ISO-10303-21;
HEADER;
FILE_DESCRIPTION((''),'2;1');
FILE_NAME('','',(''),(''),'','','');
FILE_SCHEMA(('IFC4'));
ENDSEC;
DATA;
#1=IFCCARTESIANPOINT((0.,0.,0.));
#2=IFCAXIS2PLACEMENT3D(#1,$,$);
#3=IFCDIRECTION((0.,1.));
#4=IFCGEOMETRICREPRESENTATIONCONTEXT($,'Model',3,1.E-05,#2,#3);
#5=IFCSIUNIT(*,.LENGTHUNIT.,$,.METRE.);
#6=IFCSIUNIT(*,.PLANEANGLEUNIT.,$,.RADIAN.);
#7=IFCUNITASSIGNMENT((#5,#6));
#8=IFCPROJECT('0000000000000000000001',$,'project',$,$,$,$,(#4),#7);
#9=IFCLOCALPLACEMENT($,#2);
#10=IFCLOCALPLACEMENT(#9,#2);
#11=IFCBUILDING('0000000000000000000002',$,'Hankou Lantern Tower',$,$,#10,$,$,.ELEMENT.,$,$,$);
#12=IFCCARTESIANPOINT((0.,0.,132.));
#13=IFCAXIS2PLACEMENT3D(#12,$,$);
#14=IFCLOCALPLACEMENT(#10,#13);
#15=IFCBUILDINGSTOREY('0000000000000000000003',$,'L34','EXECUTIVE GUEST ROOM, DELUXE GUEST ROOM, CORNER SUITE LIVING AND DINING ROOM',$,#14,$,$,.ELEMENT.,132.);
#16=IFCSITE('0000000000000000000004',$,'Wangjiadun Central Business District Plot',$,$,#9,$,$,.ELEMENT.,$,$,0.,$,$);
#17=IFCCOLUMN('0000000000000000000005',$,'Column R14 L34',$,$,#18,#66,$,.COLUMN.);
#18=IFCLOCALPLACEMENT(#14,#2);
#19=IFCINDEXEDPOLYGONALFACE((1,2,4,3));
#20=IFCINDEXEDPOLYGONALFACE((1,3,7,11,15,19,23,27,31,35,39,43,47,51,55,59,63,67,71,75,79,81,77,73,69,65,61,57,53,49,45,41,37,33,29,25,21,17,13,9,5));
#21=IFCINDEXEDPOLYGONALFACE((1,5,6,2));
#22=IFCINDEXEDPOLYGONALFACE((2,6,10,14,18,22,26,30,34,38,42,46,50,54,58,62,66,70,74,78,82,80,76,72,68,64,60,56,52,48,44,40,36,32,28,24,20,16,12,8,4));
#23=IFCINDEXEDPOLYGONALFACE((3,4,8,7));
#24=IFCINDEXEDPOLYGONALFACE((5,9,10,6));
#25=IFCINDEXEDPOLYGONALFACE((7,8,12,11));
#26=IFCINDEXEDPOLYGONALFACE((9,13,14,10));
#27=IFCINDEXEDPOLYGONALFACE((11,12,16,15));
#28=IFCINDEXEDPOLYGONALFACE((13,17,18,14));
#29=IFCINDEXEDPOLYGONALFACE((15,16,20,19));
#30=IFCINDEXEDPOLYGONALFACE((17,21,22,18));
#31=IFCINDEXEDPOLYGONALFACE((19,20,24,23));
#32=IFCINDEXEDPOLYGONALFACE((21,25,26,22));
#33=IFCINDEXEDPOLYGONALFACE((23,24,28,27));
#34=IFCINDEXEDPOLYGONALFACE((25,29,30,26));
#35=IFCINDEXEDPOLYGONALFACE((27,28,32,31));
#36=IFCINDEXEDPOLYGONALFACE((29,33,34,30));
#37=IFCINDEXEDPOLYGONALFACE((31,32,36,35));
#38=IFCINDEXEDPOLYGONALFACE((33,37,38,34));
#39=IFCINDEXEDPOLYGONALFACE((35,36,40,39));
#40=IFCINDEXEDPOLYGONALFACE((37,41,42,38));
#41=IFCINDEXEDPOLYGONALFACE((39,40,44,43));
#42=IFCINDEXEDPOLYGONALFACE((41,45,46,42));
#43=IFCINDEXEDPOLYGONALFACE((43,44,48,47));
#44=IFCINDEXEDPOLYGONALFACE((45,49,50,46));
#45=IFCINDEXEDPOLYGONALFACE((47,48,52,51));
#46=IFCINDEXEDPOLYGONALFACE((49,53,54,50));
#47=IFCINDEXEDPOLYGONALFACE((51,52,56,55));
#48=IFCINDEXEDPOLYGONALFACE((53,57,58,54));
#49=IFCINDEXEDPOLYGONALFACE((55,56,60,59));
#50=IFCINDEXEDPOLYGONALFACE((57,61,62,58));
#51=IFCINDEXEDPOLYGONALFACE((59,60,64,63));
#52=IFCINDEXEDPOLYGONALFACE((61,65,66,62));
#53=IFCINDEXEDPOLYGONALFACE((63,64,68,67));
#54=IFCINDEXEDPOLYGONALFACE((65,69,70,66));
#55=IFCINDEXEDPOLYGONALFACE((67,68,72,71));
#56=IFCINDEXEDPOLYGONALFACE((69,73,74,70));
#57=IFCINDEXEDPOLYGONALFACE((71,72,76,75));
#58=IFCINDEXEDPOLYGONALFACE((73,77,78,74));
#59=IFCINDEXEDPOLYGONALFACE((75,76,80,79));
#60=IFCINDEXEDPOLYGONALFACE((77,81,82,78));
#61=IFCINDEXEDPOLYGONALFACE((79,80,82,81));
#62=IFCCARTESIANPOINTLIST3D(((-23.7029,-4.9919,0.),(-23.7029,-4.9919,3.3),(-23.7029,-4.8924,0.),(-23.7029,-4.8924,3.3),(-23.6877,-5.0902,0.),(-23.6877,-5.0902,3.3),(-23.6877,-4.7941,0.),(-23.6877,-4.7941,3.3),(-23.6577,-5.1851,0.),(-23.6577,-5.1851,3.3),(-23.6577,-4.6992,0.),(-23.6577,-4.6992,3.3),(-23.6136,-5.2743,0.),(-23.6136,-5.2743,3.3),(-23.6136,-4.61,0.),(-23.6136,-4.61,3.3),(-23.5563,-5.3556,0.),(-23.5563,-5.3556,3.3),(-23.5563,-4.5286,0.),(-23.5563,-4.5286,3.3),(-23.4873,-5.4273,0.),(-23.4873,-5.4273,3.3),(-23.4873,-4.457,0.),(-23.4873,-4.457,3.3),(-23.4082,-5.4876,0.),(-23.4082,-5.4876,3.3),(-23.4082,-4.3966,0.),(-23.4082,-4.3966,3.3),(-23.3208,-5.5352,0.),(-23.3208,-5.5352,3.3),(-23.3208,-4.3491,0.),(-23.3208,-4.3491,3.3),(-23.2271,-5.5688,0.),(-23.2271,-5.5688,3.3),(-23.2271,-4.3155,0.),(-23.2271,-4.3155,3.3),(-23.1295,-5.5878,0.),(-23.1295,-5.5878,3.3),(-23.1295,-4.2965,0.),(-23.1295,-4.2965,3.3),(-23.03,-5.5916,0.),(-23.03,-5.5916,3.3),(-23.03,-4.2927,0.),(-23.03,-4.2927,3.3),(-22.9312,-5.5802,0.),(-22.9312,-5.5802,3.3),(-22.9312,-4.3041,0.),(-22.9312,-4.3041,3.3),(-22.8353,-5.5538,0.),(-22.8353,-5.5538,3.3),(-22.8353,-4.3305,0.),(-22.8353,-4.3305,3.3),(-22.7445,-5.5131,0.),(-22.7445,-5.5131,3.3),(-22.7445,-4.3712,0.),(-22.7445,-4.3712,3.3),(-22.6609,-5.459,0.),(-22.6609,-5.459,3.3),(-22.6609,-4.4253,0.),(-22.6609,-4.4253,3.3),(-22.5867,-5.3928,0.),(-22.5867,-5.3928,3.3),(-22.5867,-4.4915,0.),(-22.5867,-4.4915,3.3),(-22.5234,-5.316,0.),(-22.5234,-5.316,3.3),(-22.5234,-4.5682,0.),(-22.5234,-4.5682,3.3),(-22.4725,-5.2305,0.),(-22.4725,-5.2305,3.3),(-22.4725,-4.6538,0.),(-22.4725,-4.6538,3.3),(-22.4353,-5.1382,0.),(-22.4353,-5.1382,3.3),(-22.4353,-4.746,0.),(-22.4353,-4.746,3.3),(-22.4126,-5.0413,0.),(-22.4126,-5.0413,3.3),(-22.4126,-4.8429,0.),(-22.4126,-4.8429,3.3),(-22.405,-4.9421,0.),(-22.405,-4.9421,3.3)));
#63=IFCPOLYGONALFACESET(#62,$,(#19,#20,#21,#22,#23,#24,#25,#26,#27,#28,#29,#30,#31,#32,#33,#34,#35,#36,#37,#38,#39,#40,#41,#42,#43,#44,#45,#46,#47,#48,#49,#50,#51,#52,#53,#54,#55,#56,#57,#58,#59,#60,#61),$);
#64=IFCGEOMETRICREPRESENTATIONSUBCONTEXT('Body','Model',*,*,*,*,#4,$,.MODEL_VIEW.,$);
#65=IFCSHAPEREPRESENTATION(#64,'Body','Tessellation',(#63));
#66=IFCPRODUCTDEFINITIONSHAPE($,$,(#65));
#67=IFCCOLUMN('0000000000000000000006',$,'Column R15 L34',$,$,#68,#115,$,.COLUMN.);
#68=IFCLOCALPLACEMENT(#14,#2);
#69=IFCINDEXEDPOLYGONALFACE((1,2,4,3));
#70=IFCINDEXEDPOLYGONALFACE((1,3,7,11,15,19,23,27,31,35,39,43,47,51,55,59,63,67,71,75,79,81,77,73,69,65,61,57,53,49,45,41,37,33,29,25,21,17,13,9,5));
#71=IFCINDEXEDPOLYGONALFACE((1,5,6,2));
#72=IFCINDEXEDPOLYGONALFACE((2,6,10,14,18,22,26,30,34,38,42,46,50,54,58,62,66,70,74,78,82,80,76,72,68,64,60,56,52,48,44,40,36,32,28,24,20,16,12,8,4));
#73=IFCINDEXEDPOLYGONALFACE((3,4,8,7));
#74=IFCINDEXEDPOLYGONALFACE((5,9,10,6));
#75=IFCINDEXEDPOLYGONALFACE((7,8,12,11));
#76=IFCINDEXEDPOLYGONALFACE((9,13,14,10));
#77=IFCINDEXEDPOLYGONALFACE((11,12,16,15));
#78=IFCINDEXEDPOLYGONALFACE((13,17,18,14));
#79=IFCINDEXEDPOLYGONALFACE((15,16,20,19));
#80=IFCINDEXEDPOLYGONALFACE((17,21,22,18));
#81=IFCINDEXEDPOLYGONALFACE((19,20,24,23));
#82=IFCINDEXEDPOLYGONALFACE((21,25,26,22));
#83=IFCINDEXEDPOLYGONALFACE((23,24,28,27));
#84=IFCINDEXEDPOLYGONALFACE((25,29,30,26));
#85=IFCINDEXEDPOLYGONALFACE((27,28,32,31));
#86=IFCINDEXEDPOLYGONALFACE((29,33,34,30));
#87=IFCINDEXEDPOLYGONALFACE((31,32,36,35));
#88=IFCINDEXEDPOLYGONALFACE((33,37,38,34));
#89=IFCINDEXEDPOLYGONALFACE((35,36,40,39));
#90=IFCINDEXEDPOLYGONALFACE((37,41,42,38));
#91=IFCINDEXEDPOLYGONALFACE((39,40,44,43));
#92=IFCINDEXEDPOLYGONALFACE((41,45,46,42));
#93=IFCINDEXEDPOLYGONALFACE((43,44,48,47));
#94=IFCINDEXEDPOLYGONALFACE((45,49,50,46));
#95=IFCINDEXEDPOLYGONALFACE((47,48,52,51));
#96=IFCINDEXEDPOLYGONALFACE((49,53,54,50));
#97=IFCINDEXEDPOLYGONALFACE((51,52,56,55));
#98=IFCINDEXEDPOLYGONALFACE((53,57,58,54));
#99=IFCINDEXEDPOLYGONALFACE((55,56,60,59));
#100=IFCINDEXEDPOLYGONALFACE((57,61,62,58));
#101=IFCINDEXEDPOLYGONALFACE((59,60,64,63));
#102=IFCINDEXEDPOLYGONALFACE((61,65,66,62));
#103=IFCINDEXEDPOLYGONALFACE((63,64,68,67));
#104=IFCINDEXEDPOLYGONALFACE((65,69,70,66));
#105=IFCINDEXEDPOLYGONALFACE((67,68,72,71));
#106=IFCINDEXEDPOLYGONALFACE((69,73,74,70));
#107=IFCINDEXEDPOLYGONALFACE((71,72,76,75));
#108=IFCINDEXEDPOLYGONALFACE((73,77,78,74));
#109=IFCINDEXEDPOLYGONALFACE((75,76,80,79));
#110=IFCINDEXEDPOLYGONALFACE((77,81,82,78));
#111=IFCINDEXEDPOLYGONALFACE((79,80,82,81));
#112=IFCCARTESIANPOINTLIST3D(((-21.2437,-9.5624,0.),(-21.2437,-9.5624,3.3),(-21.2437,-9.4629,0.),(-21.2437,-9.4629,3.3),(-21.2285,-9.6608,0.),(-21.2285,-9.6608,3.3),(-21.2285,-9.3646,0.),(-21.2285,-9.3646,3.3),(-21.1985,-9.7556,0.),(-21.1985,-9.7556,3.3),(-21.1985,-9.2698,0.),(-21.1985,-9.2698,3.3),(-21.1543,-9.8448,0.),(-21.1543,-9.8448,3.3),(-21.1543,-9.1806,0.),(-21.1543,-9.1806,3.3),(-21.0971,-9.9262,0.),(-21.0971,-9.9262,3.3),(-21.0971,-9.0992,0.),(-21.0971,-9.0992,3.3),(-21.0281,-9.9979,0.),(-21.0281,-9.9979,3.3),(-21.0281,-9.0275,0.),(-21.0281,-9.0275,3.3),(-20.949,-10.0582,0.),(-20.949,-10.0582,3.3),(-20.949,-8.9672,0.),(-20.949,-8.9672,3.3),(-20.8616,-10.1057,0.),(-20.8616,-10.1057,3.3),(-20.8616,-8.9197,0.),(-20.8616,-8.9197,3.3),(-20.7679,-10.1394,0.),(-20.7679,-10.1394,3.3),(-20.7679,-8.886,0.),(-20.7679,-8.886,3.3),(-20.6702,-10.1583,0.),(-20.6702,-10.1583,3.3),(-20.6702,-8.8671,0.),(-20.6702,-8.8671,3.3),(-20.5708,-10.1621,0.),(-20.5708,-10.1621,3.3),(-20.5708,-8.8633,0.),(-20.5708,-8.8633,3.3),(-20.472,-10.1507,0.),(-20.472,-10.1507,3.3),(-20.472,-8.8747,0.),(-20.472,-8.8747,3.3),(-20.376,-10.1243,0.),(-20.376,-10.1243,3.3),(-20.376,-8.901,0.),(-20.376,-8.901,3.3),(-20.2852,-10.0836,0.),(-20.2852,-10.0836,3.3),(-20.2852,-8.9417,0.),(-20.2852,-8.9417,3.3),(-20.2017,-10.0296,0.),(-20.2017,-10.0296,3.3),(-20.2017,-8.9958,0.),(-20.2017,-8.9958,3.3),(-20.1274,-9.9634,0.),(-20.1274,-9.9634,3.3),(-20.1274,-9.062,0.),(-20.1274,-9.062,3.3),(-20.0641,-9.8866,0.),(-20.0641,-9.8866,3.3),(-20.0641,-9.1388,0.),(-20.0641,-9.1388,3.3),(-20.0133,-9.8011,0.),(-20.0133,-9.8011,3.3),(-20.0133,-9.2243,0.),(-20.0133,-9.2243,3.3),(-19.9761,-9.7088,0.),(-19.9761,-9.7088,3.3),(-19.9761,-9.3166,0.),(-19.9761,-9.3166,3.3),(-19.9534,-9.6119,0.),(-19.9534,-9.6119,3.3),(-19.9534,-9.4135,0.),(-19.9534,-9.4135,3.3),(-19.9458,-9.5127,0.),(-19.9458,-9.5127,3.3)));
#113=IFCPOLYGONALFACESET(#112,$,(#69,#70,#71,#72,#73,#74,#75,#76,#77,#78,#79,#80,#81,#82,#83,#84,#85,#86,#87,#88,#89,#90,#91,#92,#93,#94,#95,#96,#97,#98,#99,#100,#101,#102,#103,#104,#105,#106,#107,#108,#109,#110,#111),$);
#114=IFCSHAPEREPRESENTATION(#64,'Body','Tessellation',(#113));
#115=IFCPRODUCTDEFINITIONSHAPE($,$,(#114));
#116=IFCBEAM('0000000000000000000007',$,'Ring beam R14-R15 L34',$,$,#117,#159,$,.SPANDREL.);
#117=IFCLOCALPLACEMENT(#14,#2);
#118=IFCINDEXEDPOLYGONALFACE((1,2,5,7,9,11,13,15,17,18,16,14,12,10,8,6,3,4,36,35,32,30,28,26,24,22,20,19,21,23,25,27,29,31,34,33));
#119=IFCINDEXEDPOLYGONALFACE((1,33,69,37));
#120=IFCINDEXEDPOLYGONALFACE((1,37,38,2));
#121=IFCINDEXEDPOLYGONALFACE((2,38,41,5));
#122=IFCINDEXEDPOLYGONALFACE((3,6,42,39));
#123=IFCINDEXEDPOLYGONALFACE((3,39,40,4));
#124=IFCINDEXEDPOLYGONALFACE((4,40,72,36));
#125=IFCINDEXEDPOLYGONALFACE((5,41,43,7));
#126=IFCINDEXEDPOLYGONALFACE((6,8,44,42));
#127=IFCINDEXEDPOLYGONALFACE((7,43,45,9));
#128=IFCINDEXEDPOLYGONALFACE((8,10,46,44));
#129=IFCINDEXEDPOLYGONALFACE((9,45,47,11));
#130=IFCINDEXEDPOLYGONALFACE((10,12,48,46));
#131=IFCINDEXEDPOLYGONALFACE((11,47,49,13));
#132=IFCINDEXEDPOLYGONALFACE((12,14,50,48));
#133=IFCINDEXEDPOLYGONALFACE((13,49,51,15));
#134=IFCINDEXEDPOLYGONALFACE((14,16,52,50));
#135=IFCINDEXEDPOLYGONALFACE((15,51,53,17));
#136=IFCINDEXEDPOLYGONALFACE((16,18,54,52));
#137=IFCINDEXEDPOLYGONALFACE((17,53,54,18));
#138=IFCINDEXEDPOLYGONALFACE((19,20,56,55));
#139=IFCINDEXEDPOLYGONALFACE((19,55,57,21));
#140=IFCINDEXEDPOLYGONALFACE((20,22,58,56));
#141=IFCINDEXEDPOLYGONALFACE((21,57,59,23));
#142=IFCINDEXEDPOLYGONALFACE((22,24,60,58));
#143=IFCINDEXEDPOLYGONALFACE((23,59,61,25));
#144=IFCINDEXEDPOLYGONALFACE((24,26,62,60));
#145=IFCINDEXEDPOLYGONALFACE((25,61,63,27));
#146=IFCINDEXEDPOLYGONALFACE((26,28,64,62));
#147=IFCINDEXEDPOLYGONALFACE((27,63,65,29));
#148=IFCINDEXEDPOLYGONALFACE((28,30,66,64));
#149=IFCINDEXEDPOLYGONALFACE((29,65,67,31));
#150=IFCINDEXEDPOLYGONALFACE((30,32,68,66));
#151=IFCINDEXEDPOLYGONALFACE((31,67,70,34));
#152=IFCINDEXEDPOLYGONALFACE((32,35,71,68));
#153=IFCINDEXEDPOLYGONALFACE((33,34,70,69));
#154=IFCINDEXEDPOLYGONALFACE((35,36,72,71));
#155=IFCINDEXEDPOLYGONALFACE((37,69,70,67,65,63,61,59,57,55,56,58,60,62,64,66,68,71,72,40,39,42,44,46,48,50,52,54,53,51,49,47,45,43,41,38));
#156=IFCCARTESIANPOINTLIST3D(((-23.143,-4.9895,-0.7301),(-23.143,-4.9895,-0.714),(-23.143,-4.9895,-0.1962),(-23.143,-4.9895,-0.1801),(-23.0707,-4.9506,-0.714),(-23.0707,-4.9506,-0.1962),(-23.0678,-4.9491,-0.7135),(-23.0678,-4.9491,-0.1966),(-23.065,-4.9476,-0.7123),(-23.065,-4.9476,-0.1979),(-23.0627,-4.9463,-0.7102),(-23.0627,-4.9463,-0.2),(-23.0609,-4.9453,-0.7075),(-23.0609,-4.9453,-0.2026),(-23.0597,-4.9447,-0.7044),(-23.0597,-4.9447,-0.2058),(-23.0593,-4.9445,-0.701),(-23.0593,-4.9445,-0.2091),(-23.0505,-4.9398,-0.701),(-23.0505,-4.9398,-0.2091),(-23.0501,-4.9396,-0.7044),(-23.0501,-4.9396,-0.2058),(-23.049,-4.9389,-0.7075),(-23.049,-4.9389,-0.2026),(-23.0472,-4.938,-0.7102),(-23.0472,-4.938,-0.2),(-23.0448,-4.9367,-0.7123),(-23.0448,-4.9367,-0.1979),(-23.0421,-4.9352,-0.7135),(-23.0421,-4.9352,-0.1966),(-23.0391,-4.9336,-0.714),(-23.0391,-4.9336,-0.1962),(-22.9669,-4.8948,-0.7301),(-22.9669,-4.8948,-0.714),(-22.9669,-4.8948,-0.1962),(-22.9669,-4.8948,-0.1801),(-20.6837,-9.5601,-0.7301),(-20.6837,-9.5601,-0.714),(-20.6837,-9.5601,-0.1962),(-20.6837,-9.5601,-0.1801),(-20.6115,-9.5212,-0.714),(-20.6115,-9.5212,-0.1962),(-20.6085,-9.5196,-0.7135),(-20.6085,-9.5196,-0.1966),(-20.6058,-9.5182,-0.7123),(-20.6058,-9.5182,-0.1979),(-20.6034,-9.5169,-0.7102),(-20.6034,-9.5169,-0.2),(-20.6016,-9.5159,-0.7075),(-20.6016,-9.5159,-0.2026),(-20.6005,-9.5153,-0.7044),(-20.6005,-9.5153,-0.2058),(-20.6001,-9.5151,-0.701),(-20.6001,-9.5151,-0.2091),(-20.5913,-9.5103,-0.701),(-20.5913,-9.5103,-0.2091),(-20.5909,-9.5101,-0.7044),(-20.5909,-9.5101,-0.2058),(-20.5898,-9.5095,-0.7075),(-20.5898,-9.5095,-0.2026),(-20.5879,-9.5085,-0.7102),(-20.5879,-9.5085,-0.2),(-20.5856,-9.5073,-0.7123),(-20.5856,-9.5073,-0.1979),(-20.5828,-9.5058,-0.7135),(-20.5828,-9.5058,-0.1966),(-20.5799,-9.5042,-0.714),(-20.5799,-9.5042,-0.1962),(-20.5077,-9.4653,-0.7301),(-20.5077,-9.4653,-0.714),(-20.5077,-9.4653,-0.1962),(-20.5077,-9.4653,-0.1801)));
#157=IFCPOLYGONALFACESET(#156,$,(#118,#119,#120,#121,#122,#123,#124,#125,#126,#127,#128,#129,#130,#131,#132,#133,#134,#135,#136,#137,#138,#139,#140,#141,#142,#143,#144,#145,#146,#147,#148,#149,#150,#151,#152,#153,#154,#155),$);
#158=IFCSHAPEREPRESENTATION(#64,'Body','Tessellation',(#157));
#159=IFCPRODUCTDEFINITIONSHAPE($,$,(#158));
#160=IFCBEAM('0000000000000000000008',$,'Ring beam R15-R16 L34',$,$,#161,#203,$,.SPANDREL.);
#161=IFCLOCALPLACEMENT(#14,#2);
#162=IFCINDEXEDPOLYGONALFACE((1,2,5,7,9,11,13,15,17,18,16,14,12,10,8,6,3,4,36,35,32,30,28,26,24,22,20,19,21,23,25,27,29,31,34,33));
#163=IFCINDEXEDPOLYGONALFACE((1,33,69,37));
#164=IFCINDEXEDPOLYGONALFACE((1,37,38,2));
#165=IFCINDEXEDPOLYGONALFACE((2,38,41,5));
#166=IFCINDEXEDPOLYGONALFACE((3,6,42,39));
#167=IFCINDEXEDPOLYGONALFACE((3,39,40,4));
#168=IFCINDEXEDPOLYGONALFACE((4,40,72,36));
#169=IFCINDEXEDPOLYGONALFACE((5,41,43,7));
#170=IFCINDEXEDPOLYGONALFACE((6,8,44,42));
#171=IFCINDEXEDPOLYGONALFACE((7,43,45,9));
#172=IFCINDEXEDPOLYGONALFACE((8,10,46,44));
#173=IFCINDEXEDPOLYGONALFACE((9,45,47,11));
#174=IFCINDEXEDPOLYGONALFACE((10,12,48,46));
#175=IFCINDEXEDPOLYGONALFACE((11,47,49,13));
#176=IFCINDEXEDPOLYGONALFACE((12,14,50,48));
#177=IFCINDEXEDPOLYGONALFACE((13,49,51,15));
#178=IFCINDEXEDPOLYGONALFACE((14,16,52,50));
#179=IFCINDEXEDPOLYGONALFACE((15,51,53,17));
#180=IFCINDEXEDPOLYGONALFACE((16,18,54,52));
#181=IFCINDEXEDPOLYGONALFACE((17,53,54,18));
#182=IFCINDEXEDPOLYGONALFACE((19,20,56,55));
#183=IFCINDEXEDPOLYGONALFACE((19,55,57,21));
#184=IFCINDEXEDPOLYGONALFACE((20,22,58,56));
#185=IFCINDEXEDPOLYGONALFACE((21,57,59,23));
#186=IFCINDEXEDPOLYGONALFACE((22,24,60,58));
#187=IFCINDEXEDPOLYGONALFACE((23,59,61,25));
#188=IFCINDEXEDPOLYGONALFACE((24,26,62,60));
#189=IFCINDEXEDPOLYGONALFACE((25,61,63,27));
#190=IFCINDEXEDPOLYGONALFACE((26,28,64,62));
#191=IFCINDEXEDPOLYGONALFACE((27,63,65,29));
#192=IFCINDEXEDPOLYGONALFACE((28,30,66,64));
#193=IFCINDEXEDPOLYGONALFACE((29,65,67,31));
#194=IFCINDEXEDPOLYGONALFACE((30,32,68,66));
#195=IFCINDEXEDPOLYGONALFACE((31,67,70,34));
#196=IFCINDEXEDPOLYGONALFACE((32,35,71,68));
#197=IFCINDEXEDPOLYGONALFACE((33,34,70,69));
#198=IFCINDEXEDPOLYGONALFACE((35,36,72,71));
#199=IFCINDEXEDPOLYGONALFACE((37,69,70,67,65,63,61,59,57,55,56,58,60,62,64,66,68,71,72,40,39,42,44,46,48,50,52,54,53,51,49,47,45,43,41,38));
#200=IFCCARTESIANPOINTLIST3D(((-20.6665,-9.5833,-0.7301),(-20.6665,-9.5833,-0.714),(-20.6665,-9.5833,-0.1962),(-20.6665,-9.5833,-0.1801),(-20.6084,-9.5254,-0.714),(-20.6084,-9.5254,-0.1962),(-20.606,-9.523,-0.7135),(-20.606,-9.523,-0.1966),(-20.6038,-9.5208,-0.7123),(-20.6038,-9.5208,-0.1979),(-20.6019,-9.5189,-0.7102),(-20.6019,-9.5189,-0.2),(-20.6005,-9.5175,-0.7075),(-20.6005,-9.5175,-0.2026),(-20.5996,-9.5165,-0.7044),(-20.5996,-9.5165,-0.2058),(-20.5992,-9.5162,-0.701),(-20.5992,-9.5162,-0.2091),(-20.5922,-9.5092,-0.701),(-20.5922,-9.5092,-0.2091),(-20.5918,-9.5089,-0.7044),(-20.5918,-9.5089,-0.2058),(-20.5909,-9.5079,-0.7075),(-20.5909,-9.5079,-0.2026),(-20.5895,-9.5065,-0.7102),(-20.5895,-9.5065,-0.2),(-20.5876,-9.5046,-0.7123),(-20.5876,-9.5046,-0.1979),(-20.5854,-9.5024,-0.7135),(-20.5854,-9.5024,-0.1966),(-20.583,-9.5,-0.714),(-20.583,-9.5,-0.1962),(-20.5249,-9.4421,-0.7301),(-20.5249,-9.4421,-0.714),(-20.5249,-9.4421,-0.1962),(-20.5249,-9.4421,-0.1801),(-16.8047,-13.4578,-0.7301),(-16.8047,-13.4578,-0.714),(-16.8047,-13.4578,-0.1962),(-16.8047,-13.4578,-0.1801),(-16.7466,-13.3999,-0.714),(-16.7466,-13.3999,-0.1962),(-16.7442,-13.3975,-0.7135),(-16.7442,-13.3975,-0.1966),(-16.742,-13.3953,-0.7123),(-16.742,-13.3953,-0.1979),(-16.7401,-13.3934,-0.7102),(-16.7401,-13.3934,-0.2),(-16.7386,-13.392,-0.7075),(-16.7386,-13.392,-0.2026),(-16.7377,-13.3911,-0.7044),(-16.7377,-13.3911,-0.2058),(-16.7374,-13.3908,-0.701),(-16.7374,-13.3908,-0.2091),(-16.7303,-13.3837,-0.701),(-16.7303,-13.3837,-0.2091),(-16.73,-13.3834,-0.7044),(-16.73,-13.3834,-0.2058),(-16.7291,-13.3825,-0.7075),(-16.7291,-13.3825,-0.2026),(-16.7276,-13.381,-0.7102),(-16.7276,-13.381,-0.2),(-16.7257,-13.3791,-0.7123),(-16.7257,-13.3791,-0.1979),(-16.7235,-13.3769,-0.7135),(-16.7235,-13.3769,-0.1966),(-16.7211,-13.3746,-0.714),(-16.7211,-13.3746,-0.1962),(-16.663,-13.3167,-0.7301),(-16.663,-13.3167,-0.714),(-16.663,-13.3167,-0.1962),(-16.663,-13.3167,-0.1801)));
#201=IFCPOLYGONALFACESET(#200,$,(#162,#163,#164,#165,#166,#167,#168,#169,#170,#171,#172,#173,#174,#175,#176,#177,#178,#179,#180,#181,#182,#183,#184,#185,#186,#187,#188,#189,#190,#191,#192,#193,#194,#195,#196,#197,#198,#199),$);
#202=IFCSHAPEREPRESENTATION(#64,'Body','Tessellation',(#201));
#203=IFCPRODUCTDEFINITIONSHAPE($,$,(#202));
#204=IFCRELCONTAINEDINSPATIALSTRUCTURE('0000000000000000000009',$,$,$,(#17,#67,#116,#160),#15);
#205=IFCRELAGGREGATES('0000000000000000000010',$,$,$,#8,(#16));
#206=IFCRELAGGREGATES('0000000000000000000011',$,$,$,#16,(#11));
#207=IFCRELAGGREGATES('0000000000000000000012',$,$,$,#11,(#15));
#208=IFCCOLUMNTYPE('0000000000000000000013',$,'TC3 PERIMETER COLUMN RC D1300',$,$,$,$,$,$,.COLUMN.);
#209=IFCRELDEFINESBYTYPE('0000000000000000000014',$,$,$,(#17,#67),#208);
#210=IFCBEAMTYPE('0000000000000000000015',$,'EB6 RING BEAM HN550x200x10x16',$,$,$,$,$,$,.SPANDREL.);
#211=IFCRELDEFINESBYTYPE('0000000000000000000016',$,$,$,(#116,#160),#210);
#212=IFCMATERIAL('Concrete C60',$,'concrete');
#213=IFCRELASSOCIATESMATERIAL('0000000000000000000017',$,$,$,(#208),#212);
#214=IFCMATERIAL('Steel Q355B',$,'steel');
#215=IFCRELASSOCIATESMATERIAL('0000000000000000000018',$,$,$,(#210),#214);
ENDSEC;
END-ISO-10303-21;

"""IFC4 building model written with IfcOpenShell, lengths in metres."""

from ifc_helpers import new_model, si_unit, direction, frame, origin, origin_2d, place, context, subcontext, project, spatial, circle, i_section, extrude, material, material_profile, profile_set, type_object, element, save


model = new_model("IFC4")

# Units and contexts
model_context = context("Model", 3, precision=1e-05, world=origin(), true_north=direction((0.0, 1.0)))
body_context = subcontext(model_context, "Body", "Model", "MODEL_VIEW")
ifc_project = project(units=[si_unit("LENGTHUNIT", "METRE"), si_unit("PLANEANGLEUNIT", "RADIAN")], contexts=[model_context])

# Site, building, storey
site_placement = place(None, origin())
site = spatial("IfcSite", under=ifc_project, at=site_placement, Name="Wangjiadun Central Business District Plot", CompositionType="ELEMENT", RefElevation=0.0)
building_placement = place(site_placement, origin())
building = spatial("IfcBuilding", under=site, at=building_placement, Name="Hankou Lantern Tower", CompositionType="ELEMENT")
storey_placement = place(building_placement, frame((0.0, 0.0, 132.0)))
storey = spatial("IfcBuildingStorey", under=building, at=storey_placement, Name="L34", Description="EXECUTIVE GUEST ROOM, DELUXE GUEST ROOM, CORNER SUITE LIVING AND DINING ROOM", CompositionType="ELEMENT", Elevation=132.0)

# Columns
ifc_material_1 = material(Name="Concrete C60", Category="concrete")
ifc_material_profile_1 = material_profile(ifc_material_1, circle(Radius=0.6499, at=origin_2d()), Name="RC D1300")
ifc_profile_set_1 = profile_set([ifc_material_profile_1], Name="Concrete C60")
column_type = type_object("IfcColumnType", Name="TC3 PERIMETER COLUMN RC D1300", PredefinedType="COLUMN", material=ifc_profile_set_1)
for number, where, z_axis, x_axis, name in (
    (1, (-23.0549, -4.9421, 0.0), (0.0, 0.0, 1.0), (1.0, 0.0, 0.0), "Column R14 L34"),
    (2, (-20.5957, -9.5127, 0.0), (0.0, 0.0, 1.0), (1.0, 0.0, 0.0), "Column R15 L34"),
):
    element("IfcColumn", number, at=place(storey_placement, frame(where, z_axis=z_axis, x_axis=x_axis)), inside=storey, type_object=column_type, Name=name, PredefinedType="COLUMN", context=body_context, shape_type="SweptSolid", body=[
        extrude(circle(Radius=0.6499, at=origin_2d()), origin(), (0.0, 0.0, 1.0), 3.3),
    ])

# Beams
ifc_material_2 = material(Name="Steel Q355B", Category="steel")
ifc_material_profile_2 = material_profile(ifc_material_2, i_section(OverallWidth=0.2, OverallDepth=0.55, WebThickness=0.01, FlangeThickness=0.0161, FilletRadius=0.0129, at=origin_2d()), Name="HN550x200x10x16")
ifc_profile_set_2 = profile_set([ifc_material_profile_2], Name="Steel Q355B")
beam_type_1 = type_object("IfcBeamType", Name="EB6 RING BEAM HN550x200x10x16", PredefinedType="SPANDREL", material=ifc_profile_set_2)
beam_1_placement = place(storey_placement, frame((-23.0549, -4.9421, -0.4551), z_axis=(0.473825, -0.880619, 0.0), x_axis=(0.880619, 0.473825, 0.0)))
element("IfcBeam", 3, at=beam_1_placement, inside=storey, type_object=beam_type_1, Name="Ring beam R14-R15 L34", PredefinedType="SPANDREL", context=body_context, shape_type="SweptSolid", body=[
    extrude(i_section(OverallWidth=0.2, OverallDepth=0.55, WebThickness=0.01, FlangeThickness=0.0161, FilletRadius=0.0129, at=origin_2d()), origin(), (0.0, 0.0, 1.0), 5.1902),
])
beam_2_placement = place(storey_placement, frame((-20.5957, -9.5127, -0.4551), z_axis=(0.705945, -0.708266, 0.0), x_axis=(0.708266, 0.705945, 0.0)))
element("IfcBeam", 4, at=beam_2_placement, inside=storey, type_object=beam_type_1, Name="Ring beam R15-R16 L34", PredefinedType="SPANDREL", context=body_context, shape_type="SweptSolid", body=[
    extrude(i_section(OverallWidth=0.2, OverallDepth=0.55, WebThickness=0.01, FlangeThickness=0.0161, FilletRadius=0.0129, at=origin_2d()), origin(), (0.0, 0.0, 1.0), 5.4705),
])

save(model, "model.ifc")
